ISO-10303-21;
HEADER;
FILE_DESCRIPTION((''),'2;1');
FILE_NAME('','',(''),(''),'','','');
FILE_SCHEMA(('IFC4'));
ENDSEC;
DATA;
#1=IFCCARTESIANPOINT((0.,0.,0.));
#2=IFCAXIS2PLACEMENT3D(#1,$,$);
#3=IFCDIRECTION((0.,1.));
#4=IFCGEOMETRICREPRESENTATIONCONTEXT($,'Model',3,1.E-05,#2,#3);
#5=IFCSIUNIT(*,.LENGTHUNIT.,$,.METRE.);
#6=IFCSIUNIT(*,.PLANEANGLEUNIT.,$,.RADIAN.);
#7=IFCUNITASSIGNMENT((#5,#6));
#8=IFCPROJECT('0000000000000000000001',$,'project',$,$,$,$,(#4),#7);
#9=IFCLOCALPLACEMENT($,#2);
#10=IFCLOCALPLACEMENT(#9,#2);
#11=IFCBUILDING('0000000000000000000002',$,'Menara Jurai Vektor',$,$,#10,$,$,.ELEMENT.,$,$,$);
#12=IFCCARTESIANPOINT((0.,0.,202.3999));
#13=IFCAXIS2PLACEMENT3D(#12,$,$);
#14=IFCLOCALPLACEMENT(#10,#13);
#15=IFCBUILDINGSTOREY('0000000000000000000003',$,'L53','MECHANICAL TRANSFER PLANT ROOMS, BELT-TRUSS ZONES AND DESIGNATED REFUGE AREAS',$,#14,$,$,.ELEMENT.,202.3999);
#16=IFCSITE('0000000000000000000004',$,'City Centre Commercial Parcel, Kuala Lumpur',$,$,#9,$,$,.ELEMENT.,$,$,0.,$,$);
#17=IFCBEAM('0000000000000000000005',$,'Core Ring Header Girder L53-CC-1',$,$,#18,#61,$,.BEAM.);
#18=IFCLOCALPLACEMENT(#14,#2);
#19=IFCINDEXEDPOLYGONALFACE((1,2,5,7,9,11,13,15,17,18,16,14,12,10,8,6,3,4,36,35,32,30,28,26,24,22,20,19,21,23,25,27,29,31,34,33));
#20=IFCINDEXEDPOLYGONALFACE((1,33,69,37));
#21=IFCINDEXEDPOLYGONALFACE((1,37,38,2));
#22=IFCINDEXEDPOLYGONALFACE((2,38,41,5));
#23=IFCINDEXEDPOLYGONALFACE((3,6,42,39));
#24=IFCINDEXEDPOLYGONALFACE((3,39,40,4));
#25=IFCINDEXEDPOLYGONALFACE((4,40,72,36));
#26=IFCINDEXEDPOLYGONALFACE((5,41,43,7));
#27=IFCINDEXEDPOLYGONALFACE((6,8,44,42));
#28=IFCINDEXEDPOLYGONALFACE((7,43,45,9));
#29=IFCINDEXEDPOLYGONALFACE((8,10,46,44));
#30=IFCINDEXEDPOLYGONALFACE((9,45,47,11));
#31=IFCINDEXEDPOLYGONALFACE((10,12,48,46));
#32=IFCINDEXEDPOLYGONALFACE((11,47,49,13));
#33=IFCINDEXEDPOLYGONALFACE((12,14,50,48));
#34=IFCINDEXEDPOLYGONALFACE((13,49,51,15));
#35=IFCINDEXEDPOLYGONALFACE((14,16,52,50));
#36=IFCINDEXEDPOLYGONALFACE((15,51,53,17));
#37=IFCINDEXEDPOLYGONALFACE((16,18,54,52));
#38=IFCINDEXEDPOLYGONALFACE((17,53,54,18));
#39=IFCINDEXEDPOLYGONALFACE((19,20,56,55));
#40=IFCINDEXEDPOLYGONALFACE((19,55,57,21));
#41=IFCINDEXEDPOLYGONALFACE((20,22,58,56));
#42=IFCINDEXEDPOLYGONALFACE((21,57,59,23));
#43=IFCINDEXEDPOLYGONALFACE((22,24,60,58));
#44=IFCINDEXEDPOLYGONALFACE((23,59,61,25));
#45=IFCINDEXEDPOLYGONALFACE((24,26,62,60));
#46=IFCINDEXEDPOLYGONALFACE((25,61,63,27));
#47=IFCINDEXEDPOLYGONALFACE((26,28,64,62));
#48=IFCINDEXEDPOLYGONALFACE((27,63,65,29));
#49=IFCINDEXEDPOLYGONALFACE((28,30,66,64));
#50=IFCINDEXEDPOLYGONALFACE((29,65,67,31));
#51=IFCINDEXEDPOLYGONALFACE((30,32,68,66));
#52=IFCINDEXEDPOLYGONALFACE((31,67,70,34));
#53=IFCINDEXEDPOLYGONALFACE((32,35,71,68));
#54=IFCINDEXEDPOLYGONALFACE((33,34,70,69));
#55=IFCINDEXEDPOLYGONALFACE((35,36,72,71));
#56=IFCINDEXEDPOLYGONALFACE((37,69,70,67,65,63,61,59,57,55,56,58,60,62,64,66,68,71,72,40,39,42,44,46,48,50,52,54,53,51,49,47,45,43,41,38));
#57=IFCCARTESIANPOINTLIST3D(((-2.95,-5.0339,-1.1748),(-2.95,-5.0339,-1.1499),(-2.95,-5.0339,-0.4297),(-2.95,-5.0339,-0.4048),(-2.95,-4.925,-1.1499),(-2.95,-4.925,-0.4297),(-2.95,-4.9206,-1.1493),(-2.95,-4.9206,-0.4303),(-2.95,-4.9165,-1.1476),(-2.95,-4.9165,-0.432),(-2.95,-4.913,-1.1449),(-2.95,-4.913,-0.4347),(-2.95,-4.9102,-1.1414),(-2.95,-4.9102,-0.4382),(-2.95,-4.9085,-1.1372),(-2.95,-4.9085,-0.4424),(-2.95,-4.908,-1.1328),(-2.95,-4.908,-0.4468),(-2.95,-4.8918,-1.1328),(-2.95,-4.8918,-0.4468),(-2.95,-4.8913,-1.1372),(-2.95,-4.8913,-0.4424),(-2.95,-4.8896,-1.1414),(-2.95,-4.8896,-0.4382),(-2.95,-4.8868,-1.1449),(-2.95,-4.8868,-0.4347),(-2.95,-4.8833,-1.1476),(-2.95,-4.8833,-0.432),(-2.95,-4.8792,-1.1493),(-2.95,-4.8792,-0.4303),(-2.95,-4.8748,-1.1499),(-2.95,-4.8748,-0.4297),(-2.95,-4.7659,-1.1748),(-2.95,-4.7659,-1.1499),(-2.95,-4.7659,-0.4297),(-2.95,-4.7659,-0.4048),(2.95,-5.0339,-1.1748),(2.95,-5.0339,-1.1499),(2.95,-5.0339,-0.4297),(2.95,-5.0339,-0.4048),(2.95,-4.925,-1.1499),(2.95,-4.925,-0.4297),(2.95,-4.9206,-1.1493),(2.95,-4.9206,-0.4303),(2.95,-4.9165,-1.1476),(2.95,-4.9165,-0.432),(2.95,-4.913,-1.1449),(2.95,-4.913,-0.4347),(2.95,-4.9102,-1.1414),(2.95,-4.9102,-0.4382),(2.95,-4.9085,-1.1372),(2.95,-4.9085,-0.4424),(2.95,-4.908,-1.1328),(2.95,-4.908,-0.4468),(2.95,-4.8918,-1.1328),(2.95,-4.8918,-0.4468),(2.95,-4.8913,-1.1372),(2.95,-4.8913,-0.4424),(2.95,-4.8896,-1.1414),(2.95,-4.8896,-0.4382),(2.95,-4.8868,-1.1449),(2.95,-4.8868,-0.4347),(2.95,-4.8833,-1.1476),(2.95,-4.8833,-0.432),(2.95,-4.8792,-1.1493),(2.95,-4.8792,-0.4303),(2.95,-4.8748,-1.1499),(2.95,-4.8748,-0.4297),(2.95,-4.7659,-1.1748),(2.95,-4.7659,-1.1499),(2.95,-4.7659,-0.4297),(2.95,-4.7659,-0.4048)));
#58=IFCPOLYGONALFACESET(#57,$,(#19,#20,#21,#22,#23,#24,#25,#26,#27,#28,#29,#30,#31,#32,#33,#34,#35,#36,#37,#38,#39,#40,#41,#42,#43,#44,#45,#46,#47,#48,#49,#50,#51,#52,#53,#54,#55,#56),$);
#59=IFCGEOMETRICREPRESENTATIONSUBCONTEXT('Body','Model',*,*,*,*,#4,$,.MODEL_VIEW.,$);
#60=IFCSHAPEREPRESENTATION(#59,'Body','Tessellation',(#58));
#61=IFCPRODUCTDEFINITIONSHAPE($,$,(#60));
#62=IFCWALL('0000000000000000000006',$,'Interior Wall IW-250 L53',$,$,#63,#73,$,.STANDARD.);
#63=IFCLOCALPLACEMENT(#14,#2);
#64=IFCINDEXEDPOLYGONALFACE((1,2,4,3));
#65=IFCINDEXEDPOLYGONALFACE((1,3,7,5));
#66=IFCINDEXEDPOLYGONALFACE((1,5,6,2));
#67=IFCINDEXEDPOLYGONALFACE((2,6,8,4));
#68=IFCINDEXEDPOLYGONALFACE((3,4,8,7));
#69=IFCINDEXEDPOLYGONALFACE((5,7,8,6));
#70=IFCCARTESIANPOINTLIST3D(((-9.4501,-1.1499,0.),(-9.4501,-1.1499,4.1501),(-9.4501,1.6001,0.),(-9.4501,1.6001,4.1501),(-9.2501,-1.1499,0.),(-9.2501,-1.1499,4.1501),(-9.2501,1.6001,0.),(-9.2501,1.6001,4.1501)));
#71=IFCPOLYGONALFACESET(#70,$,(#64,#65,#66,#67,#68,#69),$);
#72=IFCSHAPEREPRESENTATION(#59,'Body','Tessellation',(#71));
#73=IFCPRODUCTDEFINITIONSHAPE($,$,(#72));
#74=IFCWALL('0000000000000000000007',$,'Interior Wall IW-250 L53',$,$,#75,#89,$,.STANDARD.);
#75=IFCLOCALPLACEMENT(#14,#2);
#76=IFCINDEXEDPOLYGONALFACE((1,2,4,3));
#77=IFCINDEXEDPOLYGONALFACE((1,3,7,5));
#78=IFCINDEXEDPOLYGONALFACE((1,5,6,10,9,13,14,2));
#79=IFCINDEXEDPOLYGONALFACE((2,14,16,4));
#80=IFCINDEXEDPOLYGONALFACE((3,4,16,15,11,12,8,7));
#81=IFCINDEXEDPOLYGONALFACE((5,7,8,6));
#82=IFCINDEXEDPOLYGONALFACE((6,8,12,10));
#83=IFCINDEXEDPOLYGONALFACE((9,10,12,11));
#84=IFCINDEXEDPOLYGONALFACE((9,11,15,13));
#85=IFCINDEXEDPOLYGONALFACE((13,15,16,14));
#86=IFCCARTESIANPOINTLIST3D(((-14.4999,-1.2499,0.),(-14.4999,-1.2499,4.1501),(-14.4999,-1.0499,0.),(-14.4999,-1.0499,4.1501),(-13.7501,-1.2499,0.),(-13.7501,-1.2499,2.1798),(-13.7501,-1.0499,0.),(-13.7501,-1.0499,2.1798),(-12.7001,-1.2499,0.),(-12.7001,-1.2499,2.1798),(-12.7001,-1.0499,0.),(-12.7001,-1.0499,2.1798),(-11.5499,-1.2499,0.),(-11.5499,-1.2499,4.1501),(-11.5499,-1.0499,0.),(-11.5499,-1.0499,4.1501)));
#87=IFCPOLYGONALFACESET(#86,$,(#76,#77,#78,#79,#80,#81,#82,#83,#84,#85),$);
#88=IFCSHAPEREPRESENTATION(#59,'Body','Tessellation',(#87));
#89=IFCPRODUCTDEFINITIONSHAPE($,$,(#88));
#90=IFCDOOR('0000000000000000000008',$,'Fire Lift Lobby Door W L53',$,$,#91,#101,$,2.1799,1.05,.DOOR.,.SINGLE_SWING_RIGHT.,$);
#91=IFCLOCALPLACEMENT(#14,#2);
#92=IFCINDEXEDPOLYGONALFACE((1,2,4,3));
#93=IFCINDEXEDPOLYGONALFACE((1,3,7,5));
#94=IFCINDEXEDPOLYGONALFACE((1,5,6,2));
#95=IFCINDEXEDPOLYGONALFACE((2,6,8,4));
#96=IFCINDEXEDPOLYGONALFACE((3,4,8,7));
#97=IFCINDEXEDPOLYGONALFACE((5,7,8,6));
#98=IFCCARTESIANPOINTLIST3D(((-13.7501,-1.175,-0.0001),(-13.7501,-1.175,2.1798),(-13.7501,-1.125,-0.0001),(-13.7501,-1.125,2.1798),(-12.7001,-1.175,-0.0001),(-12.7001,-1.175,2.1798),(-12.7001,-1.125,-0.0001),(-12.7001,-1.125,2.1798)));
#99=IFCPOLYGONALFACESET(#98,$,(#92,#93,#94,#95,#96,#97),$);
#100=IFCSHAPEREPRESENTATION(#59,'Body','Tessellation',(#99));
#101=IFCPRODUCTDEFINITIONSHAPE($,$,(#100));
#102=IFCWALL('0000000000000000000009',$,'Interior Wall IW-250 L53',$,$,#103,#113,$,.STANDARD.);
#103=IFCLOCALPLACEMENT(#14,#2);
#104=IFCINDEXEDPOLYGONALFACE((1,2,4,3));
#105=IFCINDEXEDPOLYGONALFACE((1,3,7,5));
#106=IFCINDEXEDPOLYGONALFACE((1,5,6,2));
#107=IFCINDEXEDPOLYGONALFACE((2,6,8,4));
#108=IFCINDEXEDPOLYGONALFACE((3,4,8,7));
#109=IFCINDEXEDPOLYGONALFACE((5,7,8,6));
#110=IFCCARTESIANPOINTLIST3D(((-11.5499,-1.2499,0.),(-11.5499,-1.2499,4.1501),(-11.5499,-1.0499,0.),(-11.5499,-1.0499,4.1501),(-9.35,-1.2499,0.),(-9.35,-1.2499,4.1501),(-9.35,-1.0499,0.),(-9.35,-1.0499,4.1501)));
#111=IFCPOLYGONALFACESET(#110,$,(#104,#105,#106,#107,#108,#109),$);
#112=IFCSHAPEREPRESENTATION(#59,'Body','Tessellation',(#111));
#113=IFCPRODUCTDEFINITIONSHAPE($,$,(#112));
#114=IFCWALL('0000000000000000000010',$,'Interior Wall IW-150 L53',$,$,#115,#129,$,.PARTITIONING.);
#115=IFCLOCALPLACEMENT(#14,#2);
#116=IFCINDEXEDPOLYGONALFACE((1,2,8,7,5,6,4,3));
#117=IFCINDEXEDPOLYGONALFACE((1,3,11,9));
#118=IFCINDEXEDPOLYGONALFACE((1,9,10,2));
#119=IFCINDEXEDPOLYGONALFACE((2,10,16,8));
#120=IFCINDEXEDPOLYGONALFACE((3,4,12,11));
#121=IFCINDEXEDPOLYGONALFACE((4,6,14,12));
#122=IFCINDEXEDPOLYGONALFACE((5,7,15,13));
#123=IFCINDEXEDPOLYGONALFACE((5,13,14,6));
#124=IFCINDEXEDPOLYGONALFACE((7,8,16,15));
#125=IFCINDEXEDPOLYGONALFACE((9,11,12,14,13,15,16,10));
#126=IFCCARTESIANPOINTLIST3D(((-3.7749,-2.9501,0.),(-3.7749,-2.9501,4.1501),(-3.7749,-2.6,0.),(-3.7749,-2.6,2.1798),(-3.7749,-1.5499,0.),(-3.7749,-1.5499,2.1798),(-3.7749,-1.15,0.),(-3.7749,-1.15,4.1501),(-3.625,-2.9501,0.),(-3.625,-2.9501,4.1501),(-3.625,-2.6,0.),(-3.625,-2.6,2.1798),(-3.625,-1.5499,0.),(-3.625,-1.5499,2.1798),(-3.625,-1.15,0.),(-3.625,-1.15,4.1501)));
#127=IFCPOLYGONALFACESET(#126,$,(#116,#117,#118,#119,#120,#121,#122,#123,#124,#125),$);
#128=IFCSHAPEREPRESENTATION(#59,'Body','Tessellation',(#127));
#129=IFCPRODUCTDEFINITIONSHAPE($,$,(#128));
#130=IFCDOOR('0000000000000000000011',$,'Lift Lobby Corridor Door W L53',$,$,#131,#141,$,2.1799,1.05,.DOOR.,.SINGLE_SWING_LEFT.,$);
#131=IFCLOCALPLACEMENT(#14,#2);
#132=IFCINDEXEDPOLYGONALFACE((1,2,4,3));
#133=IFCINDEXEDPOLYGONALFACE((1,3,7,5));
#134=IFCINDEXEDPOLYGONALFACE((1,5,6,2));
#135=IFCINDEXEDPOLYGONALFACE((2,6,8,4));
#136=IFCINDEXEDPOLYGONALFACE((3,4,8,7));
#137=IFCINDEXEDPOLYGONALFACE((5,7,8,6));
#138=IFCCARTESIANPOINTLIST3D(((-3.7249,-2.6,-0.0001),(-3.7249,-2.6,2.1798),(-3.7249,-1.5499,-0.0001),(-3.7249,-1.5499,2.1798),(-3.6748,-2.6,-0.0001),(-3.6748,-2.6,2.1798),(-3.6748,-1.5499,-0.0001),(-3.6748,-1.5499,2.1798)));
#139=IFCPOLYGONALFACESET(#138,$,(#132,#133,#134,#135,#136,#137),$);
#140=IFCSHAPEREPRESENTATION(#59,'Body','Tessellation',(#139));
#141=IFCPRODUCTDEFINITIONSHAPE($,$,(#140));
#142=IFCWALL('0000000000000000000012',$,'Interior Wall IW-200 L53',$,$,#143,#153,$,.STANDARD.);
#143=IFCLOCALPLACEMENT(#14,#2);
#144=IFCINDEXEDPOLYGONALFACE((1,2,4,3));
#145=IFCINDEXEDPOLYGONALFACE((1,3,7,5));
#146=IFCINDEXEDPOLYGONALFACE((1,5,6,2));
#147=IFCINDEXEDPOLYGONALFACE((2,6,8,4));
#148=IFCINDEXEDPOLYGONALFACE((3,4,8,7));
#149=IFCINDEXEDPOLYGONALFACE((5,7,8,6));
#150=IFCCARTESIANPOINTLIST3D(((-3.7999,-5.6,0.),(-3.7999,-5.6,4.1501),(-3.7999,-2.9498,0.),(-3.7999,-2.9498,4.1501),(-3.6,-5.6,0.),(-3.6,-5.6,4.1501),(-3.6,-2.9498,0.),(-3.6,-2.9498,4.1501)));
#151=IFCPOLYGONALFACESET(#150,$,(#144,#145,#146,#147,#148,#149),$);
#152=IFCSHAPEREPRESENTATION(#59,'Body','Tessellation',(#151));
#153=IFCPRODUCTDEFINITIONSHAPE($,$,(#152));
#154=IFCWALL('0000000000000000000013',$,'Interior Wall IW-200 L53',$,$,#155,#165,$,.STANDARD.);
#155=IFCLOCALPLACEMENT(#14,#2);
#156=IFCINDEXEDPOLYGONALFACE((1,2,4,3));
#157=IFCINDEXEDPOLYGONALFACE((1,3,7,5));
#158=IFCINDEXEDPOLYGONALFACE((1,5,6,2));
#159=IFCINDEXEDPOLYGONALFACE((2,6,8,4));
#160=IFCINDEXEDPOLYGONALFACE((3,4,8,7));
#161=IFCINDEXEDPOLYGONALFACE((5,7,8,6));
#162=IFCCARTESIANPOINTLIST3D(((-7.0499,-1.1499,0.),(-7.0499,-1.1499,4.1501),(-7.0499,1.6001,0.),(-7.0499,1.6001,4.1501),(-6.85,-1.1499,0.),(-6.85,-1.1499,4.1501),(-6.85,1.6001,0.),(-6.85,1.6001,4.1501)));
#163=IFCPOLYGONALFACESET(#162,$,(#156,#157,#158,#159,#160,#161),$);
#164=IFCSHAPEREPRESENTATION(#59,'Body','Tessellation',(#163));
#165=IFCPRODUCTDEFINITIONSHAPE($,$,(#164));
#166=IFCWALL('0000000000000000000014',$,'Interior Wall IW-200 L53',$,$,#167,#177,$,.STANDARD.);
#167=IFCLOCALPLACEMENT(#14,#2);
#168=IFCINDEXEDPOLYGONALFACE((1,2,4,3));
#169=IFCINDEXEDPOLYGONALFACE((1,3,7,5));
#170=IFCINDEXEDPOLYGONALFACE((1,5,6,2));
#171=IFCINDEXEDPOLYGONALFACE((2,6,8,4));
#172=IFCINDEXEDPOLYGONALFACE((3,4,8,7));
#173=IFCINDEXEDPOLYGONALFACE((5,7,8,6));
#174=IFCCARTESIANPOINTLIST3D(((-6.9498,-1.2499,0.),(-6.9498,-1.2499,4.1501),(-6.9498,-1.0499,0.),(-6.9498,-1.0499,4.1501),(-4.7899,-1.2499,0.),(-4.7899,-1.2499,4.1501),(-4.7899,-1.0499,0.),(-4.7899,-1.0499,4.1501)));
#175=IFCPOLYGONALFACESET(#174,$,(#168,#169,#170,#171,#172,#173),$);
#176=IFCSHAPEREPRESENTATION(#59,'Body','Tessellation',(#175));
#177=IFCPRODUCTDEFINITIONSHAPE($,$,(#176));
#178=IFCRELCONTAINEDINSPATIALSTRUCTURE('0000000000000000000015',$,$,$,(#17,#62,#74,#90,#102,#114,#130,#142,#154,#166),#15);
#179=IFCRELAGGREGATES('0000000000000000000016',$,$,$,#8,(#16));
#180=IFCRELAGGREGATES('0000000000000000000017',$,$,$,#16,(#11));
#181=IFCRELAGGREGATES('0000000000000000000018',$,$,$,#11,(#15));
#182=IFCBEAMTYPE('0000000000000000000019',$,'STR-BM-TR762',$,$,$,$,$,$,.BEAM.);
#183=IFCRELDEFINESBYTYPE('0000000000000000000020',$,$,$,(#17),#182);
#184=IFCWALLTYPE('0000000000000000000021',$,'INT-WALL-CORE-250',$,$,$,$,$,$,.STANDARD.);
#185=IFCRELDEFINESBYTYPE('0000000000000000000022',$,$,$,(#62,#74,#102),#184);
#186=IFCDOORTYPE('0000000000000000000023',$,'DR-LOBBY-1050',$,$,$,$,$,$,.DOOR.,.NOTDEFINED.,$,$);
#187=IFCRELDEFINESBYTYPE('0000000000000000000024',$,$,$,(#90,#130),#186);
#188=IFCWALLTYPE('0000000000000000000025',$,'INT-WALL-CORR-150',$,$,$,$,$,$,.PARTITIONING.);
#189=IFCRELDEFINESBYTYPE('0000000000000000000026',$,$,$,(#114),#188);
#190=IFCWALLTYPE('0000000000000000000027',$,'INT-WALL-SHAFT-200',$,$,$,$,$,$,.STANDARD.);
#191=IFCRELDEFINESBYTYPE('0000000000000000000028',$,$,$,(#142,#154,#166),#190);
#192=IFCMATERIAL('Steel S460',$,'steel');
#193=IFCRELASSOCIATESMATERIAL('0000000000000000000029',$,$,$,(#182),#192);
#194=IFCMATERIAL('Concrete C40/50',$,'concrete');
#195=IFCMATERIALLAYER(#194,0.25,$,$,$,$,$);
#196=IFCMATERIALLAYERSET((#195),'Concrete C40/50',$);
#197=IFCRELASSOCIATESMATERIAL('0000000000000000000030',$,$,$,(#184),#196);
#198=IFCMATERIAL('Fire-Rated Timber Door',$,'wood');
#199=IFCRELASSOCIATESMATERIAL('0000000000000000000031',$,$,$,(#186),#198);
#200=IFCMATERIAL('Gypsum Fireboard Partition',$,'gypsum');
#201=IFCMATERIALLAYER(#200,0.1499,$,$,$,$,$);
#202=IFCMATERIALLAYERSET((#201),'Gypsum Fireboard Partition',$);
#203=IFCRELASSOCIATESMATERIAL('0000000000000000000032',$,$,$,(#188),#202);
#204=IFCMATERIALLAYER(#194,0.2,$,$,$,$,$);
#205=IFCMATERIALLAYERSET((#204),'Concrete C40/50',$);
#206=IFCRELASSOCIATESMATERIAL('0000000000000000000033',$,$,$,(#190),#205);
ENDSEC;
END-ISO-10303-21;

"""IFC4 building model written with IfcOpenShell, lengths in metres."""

from ifc_helpers import new_model, si_unit, direction, frame, frame_2d, origin, origin_2d, place, context, subcontext, project, spatial, rectangle, i_section, extrude, material, layer, layer_set, material_profile, profile_set, type_object, element, fill, save


model = new_model("IFC4")

# Units and contexts
model_context = context("Model", 3, precision=1e-05, world=origin(), true_north=direction((0.0, 1.0)))
body_context = subcontext(model_context, "Body", "Model", "MODEL_VIEW")
ifc_project = project(units=[si_unit("LENGTHUNIT", "METRE"), si_unit("PLANEANGLEUNIT", "RADIAN")], contexts=[model_context])

# Site, building, storey
site_placement = place(None, origin())
site = spatial("IfcSite", under=ifc_project, at=site_placement, Name="City Centre Commercial Parcel, Kuala Lumpur", CompositionType="ELEMENT", RefElevation=0.0)
building_placement = place(site_placement, origin())
building = spatial("IfcBuilding", under=site, at=building_placement, Name="Menara Jurai Vektor", CompositionType="ELEMENT")
storey_placement = place(building_placement, frame((0.0, 0.0, 202.3999)))
storey = spatial("IfcBuildingStorey", under=building, at=storey_placement, Name="L53", Description="MECHANICAL TRANSFER PLANT ROOMS, BELT-TRUSS ZONES AND DESIGNATED REFUGE AREAS", CompositionType="ELEMENT", Elevation=202.3999)

# Beam
ifc_material_1 = material(Name="Steel S460", Category="steel")
ifc_material_profile_1 = material_profile(ifc_material_1, i_section(OverallWidth=0.2681, OverallDepth=0.77, WebThickness=0.0161, FlangeThickness=0.0249, FilletRadius=0.0171, at=origin_2d()), Name="UKB 762x267x197")
ifc_profile_set_1 = profile_set([ifc_material_profile_1], Name="Steel S460")
beam_type = type_object("IfcBeamType", Name="STR-BM-TR762", PredefinedType="BEAM", material=ifc_profile_set_1)
beam_1_placement = place(storey_placement, frame((-2.95, -4.8999, -0.7898), z_axis=(1.0, 0.0, 0.0), x_axis=(0.0, 1.0, 0.0)))
element("IfcBeam", 1, at=beam_1_placement, inside=storey, type_object=beam_type, Name="Core Ring Header Girder L53-CC-1", PredefinedType="BEAM", context=body_context, shape_type="SweptSolid", body=[
    extrude(i_section(OverallWidth=0.2681, OverallDepth=0.77, WebThickness=0.0161, FlangeThickness=0.0249, FilletRadius=0.0171, at=origin_2d()), origin(), (0.0, 0.0, 1.0), 5.8999),
])

# Shared definitions
ifc_material_2 = material(Name="Concrete C40/50", Category="concrete")
ifc_layer_1 = layer(ifc_material_2, 0.25)
ifc_layer_set_1 = layer_set([ifc_layer_1], Name="Concrete C40/50")
wall_type_1 = type_object("IfcWallType", Name="INT-WALL-CORE-250", PredefinedType="STANDARD", material=ifc_layer_set_1)

# Wall
wall_1_placement = place(storey_placement, frame((-9.3501, -1.1499, 0.0), z_axis=(0.0, 0.0, 1.0), x_axis=(0.0, 1.0, 0.0)))
element("IfcWall", 2, at=wall_1_placement, inside=storey, type_object=wall_type_1, Name="Interior Wall IW-250 L53", PredefinedType="STANDARD", context=body_context, shape_type="SweptSolid", body=[
    extrude(rectangle(XDim=2.75, YDim=0.2, at=frame_2d((1.375, 0.0))), origin(), (0.0, 0.0, 1.0), 4.1501),
])

# Wall, opening, door
wall_2_placement = place(storey_placement, frame((-14.5, -1.1499, 0.0), z_axis=(0.0, 0.0, 1.0), x_axis=(1.0, 0.0, 0.0)))
wall_2 = element("IfcWall", 3, at=wall_2_placement, inside=storey, type_object=wall_type_1, Name="Interior Wall IW-250 L53", PredefinedType="STANDARD", context=body_context, shape_type="SweptSolid", body=[
    extrude(rectangle(XDim=2.95, YDim=0.2, at=frame_2d((1.4751, 0.0))), origin(), (0.0, 0.0, 1.0), 4.1501),
])
opening_1_placement = place(wall_2_placement, frame((0.75, 0.0, 0.0)))
opening_1 = element("IfcOpeningElement", 4, at=opening_1_placement, cuts=wall_2, PredefinedType="OPENING", context=body_context, shape_type="SweptSolid", body=[
    extrude(rectangle(XDim=1.05, YDim=2.1799, at=frame_2d((0.5249, 1.0898))), frame((0.0, 0.1099, 0.0), z_axis=(0.0, -1.0, 0.0), x_axis=(1.0, 0.0, 0.0)), (0.0, 0.0, 1.0), 0.22),
])
ifc_material_3 = material(Name="Fire-Rated Timber Door", Category="wood")
door_type_1 = type_object("IfcDoorType", Name="DR-LOBBY-1050", OperationType="NOTDEFINED", PredefinedType="DOOR", material=ifc_material_3)
door_1_placement = place(opening_1_placement, origin())
door_1 = element("IfcDoor", 5, at=door_1_placement, inside=storey, type_object=door_type_1, Name="Fire Lift Lobby Door W L53", OperationType="SINGLE_SWING_RIGHT", OverallHeight=2.1799, OverallWidth=1.05, PredefinedType="DOOR", context=body_context, shape_type="SweptSolid", body=[
    extrude(rectangle(XDim=1.05, YDim=2.1799, at=frame_2d((0.5249, 1.0898))), frame((0.0, 0.0249, 0.0), z_axis=(0.0, -1.0, 0.0), x_axis=(1.0, 0.0, 0.0)), (0.0, 0.0, 1.0), 0.05),
])
fill(opening_1, door_1)

# Wall
wall_3_placement = place(storey_placement, frame((-11.55, -1.1499, 0.0), z_axis=(0.0, 0.0, 1.0), x_axis=(1.0, 0.0, 0.0)))
element("IfcWall", 6, at=wall_3_placement, inside=storey, type_object=wall_type_1, Name="Interior Wall IW-250 L53", PredefinedType="STANDARD", context=body_context, shape_type="SweptSolid", body=[
    extrude(rectangle(XDim=2.2, YDim=0.2, at=frame_2d((1.1001, 0.0))), origin(), (0.0, 0.0, 1.0), 4.1501),
])

# Wall, opening, door
ifc_material_4 = material(Name="Gypsum Fireboard Partition", Category="gypsum")
ifc_layer_2 = layer(ifc_material_4, 0.1499)
ifc_layer_set_2 = layer_set([ifc_layer_2], Name="Gypsum Fireboard Partition")
wall_type_2 = type_object("IfcWallType", Name="INT-WALL-CORR-150", PredefinedType="PARTITIONING", material=ifc_layer_set_2)
wall_4_placement = place(storey_placement, frame((-3.7, -2.95, 0.0), z_axis=(0.0, 0.0, 1.0), x_axis=(0.0, 1.0, 0.0)))
wall_4 = element("IfcWall", 7, at=wall_4_placement, inside=storey, type_object=wall_type_2, Name="Interior Wall IW-150 L53", PredefinedType="PARTITIONING", context=body_context, shape_type="SweptSolid", body=[
    extrude(rectangle(XDim=1.8, YDim=0.1499, at=frame_2d((0.8999, 0.0))), origin(), (0.0, 0.0, 1.0), 4.1501),
])
opening_2_placement = place(wall_4_placement, frame((0.3501, 0.0, 0.0)))
opening_2 = element("IfcOpeningElement", 8, at=opening_2_placement, cuts=wall_4, PredefinedType="OPENING", context=body_context, shape_type="SweptSolid", body=[
    extrude(rectangle(XDim=1.05, YDim=2.1799, at=frame_2d((0.5249, 1.0898))), frame((0.0, 0.085, 0.0), z_axis=(0.0, -1.0, 0.0), x_axis=(1.0, 0.0, 0.0)), (0.0, 0.0, 1.0), 0.1699),
])
door_2_placement = place(opening_2_placement, origin())
door_2 = element("IfcDoor", 9, at=door_2_placement, inside=storey, type_object=door_type_1, Name="Lift Lobby Corridor Door W L53", OperationType="SINGLE_SWING_LEFT", OverallHeight=2.1799, OverallWidth=1.05, PredefinedType="DOOR", context=body_context, shape_type="SweptSolid", body=[
    extrude(rectangle(XDim=1.05, YDim=2.1799, at=frame_2d((0.5249, 1.0898))), frame((0.0, 0.0249, 0.0), z_axis=(0.0, -1.0, 0.0), x_axis=(1.0, 0.0, 0.0)), (0.0, 0.0, 1.0), 0.05),
])
fill(opening_2, door_2)

# Walls
ifc_layer_3 = layer(ifc_material_2, 0.2)
ifc_layer_set_3 = layer_set([ifc_layer_3], Name="Concrete C40/50")
wall_type_3 = type_object("IfcWallType", Name="INT-WALL-SHAFT-200", PredefinedType="STANDARD", material=ifc_layer_set_3)
wall_5_placement = place(storey_placement, frame((-3.7, -5.6001, 0.0), z_axis=(0.0, 0.0, 1.0), x_axis=(0.0, 1.0, 0.0)))
element("IfcWall", 10, at=wall_5_placement, inside=storey, type_object=wall_type_3, Name="Interior Wall IW-200 L53", PredefinedType="STANDARD", context=body_context, shape_type="SweptSolid", body=[
    extrude(rectangle(XDim=2.6501, YDim=0.2, at=frame_2d((1.3252, 0.0))), origin(), (0.0, 0.0, 1.0), 4.1501),
])
wall_6_placement = place(storey_placement, frame((-6.95, -1.1499, 0.0), z_axis=(0.0, 0.0, 1.0), x_axis=(0.0, 1.0, 0.0)))
element("IfcWall", 11, at=wall_6_placement, inside=storey, type_object=wall_type_3, Name="Interior Wall IW-200 L53", PredefinedType="STANDARD", context=body_context, shape_type="SweptSolid", body=[
    extrude(rectangle(XDim=2.75, YDim=0.2, at=frame_2d((1.375, 0.0))), origin(), (0.0, 0.0, 1.0), 4.1501),
])

# Wall
wall_7_placement = place(storey_placement, frame((-6.95, -1.1499, 0.0), z_axis=(0.0, 0.0, 1.0), x_axis=(1.0, 0.0, 0.0)))
element("IfcWall", 12, at=wall_7_placement, inside=storey, type_object=wall_type_3, Name="Interior Wall IW-200 L53", PredefinedType="STANDARD", context=body_context, shape_type="SweptSolid", body=[
    extrude(rectangle(XDim=2.1599, YDim=0.2, at=frame_2d((1.0801, 0.0))), origin(), (0.0, 0.0, 1.0), 4.1501),
])

save(model, "model.ifc")
